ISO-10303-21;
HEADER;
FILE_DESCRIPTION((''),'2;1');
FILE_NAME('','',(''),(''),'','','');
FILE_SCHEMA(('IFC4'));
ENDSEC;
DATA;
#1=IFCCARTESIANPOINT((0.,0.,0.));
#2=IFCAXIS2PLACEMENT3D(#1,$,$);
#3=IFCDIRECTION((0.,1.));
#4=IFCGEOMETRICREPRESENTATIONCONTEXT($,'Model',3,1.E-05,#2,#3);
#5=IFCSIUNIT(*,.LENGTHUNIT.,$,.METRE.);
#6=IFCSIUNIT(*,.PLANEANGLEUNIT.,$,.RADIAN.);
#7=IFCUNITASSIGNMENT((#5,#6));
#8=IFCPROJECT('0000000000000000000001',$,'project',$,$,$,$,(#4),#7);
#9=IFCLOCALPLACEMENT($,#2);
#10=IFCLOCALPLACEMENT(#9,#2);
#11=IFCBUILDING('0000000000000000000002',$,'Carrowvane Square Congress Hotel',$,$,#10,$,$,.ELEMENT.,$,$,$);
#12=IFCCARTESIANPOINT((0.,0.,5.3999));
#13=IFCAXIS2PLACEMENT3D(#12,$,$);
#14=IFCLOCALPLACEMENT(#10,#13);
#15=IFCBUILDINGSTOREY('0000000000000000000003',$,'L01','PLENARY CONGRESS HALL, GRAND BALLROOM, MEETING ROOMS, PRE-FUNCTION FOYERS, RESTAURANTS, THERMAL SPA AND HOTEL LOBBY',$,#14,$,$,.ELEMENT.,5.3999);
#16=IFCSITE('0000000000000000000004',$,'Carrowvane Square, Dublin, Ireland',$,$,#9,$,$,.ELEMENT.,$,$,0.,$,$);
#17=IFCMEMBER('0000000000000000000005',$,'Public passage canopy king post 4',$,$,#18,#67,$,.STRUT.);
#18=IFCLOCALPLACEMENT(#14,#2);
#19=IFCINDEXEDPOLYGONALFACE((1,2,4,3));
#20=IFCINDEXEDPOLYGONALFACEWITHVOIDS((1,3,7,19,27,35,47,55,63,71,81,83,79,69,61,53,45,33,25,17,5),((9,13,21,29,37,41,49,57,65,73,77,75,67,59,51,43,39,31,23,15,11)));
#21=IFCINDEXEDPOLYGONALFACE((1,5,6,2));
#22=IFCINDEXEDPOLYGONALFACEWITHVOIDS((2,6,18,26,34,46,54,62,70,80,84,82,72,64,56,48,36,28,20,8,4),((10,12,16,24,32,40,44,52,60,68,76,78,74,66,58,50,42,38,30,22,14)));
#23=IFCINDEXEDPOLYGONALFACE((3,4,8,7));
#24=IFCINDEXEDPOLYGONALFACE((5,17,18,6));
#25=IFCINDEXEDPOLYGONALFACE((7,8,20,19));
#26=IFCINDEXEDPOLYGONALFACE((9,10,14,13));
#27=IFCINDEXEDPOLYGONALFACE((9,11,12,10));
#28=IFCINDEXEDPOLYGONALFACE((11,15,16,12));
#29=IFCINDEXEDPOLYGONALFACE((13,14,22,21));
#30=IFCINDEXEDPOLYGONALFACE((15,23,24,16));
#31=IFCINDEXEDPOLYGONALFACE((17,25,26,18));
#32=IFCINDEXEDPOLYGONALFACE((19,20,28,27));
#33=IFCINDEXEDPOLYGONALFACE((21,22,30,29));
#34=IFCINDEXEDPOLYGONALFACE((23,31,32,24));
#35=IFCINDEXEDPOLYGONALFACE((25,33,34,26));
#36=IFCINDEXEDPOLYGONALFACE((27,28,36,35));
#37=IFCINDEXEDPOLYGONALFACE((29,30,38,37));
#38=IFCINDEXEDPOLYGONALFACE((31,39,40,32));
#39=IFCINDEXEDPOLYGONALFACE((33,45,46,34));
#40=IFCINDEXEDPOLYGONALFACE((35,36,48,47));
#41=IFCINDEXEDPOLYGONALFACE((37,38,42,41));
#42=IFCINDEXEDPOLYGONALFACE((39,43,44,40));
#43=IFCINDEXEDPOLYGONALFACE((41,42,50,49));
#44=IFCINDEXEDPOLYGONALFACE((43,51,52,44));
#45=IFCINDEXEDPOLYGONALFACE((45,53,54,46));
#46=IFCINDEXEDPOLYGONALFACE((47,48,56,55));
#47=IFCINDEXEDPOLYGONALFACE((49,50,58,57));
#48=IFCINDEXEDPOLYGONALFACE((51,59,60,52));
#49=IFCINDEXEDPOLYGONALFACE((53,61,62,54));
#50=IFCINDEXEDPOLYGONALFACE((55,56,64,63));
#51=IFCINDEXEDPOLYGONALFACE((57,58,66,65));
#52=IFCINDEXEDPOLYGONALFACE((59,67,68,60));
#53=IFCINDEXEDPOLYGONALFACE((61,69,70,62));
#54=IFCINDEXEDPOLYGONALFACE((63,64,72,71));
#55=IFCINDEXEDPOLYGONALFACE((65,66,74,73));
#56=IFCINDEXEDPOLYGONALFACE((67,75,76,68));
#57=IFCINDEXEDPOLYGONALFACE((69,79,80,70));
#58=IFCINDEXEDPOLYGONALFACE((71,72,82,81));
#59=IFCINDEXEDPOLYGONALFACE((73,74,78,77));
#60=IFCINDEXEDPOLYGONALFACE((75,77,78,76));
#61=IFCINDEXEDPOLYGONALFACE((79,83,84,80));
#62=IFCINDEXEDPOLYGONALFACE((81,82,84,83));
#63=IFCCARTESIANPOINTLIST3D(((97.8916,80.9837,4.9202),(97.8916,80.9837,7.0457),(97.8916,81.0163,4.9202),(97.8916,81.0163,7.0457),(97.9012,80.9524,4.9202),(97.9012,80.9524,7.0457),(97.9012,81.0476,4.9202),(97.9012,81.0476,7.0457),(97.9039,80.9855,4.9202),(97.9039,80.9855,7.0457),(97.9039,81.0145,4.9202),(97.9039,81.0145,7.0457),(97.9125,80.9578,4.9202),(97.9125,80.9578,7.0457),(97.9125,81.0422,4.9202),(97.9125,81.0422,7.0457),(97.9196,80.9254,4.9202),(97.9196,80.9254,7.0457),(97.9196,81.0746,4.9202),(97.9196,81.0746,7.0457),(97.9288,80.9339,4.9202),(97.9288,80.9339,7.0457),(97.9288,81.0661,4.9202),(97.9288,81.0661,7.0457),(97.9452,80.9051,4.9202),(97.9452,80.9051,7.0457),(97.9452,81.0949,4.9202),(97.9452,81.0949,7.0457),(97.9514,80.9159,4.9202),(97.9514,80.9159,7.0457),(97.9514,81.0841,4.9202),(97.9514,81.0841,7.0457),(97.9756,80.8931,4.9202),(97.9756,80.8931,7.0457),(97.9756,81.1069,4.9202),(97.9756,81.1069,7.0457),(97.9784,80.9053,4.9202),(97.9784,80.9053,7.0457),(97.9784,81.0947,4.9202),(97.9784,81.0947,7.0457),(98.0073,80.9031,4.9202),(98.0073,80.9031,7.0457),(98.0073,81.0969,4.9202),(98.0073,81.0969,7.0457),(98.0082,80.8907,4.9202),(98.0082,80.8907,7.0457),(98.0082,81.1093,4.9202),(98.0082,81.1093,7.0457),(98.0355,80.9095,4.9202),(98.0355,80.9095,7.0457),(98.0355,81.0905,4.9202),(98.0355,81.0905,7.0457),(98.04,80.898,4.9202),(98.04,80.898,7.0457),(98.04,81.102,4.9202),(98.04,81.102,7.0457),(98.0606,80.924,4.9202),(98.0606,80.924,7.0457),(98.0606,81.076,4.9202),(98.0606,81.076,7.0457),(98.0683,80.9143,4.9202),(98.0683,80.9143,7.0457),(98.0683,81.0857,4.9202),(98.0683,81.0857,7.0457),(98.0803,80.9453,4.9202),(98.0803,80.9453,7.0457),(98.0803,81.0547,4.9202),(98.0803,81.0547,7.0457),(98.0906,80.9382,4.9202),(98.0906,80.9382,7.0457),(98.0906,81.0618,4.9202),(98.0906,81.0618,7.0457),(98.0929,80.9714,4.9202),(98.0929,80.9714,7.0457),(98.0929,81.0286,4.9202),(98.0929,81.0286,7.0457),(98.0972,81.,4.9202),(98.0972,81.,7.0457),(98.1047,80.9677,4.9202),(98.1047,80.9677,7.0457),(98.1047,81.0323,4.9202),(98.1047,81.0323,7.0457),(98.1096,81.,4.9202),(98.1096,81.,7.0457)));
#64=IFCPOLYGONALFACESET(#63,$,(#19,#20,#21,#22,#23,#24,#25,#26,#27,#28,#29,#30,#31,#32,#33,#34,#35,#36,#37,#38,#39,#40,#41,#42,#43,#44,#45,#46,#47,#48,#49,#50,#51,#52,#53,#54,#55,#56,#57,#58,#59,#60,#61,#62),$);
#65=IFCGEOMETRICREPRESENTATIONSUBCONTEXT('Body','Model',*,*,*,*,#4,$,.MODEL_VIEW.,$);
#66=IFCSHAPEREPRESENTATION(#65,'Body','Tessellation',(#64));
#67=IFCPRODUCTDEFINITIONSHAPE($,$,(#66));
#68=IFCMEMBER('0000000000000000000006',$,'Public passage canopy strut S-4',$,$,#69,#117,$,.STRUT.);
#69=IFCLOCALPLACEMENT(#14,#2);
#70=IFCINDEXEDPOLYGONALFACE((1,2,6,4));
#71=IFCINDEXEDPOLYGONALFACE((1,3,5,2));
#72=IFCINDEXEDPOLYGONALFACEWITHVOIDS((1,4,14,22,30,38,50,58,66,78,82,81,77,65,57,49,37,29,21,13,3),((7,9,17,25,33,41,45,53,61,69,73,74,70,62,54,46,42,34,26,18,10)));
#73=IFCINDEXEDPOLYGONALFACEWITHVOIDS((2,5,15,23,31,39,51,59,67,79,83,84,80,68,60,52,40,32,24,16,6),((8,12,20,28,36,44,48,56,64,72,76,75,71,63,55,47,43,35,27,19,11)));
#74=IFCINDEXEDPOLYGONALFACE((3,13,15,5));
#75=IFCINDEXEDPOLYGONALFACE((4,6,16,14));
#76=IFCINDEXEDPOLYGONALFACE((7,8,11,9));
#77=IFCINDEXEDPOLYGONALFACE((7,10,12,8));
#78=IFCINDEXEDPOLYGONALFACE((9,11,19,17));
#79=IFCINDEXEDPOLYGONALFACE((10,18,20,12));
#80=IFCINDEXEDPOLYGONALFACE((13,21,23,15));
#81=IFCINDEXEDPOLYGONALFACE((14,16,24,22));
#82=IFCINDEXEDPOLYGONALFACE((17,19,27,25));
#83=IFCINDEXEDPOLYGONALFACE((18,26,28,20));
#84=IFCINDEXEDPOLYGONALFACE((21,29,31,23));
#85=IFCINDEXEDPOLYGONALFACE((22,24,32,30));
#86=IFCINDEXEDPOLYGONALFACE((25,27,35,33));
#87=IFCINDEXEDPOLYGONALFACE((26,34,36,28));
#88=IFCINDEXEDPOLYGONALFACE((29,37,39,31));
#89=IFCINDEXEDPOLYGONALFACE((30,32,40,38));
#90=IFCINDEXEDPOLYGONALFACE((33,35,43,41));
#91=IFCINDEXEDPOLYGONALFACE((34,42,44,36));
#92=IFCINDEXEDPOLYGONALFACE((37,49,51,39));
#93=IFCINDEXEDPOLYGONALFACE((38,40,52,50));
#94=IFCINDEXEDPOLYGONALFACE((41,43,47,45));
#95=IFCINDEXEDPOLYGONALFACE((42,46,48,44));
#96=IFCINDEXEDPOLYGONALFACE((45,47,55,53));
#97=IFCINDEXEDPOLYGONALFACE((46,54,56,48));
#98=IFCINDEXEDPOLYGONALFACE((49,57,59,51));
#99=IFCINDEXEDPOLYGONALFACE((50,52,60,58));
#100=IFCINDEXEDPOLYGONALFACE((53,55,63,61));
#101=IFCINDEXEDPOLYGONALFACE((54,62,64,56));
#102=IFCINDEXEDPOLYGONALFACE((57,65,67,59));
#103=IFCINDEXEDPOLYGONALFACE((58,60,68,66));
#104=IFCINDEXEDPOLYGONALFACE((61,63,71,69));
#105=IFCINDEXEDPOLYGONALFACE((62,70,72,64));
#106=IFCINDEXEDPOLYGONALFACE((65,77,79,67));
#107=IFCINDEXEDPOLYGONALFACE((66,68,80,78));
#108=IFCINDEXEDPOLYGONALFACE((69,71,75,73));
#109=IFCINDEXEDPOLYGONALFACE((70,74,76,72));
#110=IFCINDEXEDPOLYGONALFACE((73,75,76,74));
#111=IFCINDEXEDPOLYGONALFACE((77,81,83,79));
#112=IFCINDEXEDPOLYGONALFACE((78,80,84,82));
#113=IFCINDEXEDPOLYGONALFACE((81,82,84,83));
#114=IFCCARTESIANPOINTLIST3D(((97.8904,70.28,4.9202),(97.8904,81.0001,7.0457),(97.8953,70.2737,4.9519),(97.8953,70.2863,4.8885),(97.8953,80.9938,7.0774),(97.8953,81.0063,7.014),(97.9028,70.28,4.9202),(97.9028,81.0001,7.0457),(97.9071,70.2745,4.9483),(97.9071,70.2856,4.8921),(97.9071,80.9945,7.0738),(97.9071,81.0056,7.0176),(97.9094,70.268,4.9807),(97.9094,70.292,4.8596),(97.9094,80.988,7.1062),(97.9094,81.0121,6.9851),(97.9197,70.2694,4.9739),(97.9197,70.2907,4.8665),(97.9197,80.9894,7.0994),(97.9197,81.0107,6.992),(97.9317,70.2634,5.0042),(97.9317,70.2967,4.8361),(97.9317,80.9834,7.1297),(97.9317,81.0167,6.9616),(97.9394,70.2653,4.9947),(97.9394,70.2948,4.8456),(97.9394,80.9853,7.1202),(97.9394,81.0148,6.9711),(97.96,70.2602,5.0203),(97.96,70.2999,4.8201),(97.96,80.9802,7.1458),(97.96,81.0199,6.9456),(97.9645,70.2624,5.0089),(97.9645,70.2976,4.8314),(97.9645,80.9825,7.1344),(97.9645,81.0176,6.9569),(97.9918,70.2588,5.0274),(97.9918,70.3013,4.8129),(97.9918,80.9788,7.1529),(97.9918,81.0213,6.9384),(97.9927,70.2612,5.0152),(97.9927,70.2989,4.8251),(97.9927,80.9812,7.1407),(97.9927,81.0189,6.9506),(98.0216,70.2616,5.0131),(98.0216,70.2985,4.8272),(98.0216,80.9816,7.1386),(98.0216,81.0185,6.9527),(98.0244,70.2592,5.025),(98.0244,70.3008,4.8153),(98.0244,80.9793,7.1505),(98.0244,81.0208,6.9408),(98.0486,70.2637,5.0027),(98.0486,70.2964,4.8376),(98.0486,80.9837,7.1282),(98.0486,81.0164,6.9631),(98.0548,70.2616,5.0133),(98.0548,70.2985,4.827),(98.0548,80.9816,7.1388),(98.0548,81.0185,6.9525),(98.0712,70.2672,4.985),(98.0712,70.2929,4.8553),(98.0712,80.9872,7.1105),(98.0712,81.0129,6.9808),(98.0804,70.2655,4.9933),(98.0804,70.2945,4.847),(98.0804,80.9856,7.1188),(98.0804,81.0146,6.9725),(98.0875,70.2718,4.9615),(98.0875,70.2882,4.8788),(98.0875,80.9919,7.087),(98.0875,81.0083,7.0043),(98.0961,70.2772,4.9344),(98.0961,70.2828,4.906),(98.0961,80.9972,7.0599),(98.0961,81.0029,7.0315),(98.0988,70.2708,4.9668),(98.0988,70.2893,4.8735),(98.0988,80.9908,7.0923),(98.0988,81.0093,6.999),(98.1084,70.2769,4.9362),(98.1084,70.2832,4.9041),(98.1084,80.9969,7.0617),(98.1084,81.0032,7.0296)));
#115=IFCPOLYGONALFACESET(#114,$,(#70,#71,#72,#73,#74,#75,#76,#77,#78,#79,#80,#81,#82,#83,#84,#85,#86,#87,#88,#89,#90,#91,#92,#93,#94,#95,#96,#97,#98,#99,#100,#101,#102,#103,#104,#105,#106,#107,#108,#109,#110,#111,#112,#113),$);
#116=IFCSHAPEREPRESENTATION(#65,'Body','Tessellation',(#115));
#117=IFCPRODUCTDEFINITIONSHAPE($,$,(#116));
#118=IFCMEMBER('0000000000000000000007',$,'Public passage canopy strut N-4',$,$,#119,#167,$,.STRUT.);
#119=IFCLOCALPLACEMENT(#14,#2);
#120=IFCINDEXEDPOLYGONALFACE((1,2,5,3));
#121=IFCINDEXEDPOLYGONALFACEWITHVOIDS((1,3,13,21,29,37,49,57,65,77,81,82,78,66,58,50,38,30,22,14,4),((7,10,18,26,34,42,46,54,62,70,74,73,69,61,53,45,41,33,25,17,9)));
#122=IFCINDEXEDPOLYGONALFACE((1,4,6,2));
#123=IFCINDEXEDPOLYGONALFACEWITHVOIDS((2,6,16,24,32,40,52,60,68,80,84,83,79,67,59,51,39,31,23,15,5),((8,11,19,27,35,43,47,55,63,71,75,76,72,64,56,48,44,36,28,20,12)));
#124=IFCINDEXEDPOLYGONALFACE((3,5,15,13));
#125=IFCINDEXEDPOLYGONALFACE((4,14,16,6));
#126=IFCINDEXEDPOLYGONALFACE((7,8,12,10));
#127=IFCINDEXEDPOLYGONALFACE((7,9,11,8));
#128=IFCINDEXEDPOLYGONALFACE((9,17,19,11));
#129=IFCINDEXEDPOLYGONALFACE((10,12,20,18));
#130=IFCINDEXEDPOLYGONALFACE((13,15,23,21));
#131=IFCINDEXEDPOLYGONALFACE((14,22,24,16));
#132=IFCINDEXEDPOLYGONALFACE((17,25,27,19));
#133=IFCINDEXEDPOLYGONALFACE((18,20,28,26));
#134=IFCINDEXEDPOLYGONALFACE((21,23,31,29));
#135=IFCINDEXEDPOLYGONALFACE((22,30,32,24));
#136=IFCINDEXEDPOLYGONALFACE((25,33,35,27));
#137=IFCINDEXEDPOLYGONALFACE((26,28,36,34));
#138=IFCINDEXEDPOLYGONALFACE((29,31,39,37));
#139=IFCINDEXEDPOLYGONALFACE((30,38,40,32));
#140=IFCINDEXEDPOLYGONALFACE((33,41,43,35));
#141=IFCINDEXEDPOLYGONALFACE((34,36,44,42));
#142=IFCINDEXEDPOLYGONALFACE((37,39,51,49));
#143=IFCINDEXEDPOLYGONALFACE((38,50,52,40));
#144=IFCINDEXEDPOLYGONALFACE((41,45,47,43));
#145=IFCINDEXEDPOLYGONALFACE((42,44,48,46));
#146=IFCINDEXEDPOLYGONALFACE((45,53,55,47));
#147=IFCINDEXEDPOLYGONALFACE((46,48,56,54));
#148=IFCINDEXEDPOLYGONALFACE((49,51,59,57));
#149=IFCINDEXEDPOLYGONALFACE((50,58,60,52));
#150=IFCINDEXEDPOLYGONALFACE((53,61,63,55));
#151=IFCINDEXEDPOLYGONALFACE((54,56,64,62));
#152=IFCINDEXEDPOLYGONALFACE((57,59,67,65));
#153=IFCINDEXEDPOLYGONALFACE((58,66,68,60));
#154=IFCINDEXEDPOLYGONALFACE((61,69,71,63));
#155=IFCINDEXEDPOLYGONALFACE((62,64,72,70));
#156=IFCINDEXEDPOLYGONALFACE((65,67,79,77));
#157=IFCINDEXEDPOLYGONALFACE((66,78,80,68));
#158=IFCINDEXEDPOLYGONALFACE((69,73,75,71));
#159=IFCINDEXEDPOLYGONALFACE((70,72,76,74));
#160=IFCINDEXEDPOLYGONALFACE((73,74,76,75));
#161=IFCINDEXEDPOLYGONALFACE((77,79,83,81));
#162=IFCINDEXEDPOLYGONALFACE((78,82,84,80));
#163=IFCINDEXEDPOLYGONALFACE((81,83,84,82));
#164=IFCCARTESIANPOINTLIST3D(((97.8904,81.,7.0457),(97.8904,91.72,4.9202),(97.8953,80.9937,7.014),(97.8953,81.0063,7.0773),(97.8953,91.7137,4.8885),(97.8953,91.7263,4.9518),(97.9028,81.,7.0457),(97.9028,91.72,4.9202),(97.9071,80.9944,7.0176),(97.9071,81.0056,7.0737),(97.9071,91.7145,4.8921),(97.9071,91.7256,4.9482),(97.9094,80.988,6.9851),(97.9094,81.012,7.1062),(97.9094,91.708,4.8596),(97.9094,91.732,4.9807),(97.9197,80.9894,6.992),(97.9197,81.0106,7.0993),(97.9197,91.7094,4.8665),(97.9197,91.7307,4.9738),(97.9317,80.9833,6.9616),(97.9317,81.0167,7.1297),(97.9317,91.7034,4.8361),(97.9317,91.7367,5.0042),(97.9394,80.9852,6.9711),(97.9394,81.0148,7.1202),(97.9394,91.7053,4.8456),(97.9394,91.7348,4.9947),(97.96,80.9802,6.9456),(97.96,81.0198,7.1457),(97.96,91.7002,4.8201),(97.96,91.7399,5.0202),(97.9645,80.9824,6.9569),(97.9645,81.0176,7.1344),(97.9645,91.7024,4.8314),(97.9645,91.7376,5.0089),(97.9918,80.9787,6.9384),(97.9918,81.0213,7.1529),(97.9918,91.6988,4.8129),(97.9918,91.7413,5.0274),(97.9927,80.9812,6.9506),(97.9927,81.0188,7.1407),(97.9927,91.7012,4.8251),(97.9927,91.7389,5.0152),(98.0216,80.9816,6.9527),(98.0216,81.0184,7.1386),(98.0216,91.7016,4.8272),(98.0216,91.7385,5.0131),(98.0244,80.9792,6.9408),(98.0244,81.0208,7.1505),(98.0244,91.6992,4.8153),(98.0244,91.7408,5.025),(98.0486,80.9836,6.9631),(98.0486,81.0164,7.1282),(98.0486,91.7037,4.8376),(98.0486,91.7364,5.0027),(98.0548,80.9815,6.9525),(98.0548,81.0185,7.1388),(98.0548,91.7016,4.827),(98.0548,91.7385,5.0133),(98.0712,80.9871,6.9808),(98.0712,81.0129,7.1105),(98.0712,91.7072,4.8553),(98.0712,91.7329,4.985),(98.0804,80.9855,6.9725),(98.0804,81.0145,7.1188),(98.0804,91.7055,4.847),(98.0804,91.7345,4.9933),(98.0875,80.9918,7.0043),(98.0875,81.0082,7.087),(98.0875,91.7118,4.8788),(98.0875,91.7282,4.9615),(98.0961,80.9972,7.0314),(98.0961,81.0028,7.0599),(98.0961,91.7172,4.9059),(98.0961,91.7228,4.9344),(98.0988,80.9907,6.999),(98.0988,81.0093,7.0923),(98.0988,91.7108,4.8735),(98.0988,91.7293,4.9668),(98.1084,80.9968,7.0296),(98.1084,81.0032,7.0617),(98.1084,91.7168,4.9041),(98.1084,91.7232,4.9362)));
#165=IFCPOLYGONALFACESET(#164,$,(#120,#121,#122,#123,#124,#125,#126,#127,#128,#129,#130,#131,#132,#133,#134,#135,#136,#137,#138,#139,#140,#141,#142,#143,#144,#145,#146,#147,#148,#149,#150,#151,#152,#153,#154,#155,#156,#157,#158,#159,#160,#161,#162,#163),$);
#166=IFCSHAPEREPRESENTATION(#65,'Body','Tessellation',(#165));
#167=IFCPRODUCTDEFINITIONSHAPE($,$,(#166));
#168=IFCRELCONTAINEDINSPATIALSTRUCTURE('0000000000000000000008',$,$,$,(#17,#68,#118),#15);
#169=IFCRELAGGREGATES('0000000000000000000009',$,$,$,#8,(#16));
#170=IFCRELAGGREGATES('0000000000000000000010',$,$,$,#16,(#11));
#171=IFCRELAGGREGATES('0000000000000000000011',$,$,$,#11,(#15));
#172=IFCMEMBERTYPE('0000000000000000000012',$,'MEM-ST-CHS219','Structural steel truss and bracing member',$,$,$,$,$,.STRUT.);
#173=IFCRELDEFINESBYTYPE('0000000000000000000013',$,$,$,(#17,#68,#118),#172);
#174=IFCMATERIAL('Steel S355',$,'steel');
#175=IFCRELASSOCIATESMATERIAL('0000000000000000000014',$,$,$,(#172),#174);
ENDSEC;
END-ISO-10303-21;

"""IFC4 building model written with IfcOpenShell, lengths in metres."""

from ifc_helpers import new_model, si_unit, direction, frame, origin, origin_2d, place, context, subcontext, project, spatial, hollow_circle, extrude, material, material_profile, profile_set, type_object, element, save


model = new_model("IFC4")

# Units and contexts
model_context = context("Model", 3, precision=1e-05, world=origin(), true_north=direction((0.0, 1.0)))
body_context = subcontext(model_context, "Body", "Model", "MODEL_VIEW")
ifc_project = project(units=[si_unit("LENGTHUNIT", "METRE"), si_unit("PLANEANGLEUNIT", "RADIAN")], contexts=[model_context])

# Site, building, storey
site_placement = place(None, origin())
site = spatial("IfcSite", under=ifc_project, at=site_placement, Name="Carrowvane Square, Dublin, Ireland", CompositionType="ELEMENT", RefElevation=0.0)
building_placement = place(site_placement, origin())
building = spatial("IfcBuilding", under=site, at=building_placement, Name="Carrowvane Square Congress Hotel", CompositionType="ELEMENT")
storey_placement = place(building_placement, frame((0.0, 0.0, 5.3999)))
storey = spatial("IfcBuildingStorey", under=building, at=storey_placement, Name="L01", Description="PLENARY CONGRESS HALL, GRAND BALLROOM, MEETING ROOMS, PRE-FUNCTION FOYERS, RESTAURANTS, THERMAL SPA AND HOTEL LOBBY", CompositionType="ELEMENT", Elevation=5.3999)

# Members
ifc_material_1 = material(Name="Steel S355", Category="steel")
ifc_material_profile_1 = material_profile(ifc_material_1, hollow_circle(Radius=0.1096, WallThickness=0.0125, at=origin_2d()), Name="CHS 219.1x12.5")
ifc_profile_set_1 = profile_set([ifc_material_profile_1], Name="Steel S355")
member_type_1 = type_object("IfcMemberType", Name="MEM-ST-CHS219", Description="Structural steel truss and bracing member", PredefinedType="STRUT", material=ifc_profile_set_1)
member_1_placement = place(storey_placement, frame((98.0, 81.0, 4.9202), z_axis=(0.0, 0.0, 1.0), x_axis=(1.0, 0.0, 0.0)))
element("IfcMember", 1, at=member_1_placement, inside=storey, type_object=member_type_1, Name="Public passage canopy king post 4", PredefinedType="STRUT", context=body_context, shape_type="SweptSolid", body=[
    extrude(hollow_circle(Radius=0.1096, WallThickness=0.0125, at=origin_2d()), origin(), (0.0, 0.0, 1.0), 2.1255),
])
for number, where, z_axis, x_axis, name in (
    (2, (98.0, 70.28, 4.9202), (0.0, 0.980905, 0.194488), (-1.0, 0.0, 0.0), "Public passage canopy strut S-4"),
    (3, (98.0, 81.0, 7.0457), (0.0, 0.980905, -0.194488), (-1.0, 0.0, 0.0), "Public passage canopy strut N-4"),
):
    element("IfcMember", number, at=place(storey_placement, frame(where, z_axis=z_axis, x_axis=x_axis)), inside=storey, type_object=member_type_1, Name=name, PredefinedType="STRUT", context=body_context, shape_type="SweptSolid", body=[
        extrude(hollow_circle(Radius=0.1096, WallThickness=0.0125, at=origin_2d()), origin(), (0.0, 0.0, 1.0), 10.9287),
    ])

save(model, "model.ifc")
